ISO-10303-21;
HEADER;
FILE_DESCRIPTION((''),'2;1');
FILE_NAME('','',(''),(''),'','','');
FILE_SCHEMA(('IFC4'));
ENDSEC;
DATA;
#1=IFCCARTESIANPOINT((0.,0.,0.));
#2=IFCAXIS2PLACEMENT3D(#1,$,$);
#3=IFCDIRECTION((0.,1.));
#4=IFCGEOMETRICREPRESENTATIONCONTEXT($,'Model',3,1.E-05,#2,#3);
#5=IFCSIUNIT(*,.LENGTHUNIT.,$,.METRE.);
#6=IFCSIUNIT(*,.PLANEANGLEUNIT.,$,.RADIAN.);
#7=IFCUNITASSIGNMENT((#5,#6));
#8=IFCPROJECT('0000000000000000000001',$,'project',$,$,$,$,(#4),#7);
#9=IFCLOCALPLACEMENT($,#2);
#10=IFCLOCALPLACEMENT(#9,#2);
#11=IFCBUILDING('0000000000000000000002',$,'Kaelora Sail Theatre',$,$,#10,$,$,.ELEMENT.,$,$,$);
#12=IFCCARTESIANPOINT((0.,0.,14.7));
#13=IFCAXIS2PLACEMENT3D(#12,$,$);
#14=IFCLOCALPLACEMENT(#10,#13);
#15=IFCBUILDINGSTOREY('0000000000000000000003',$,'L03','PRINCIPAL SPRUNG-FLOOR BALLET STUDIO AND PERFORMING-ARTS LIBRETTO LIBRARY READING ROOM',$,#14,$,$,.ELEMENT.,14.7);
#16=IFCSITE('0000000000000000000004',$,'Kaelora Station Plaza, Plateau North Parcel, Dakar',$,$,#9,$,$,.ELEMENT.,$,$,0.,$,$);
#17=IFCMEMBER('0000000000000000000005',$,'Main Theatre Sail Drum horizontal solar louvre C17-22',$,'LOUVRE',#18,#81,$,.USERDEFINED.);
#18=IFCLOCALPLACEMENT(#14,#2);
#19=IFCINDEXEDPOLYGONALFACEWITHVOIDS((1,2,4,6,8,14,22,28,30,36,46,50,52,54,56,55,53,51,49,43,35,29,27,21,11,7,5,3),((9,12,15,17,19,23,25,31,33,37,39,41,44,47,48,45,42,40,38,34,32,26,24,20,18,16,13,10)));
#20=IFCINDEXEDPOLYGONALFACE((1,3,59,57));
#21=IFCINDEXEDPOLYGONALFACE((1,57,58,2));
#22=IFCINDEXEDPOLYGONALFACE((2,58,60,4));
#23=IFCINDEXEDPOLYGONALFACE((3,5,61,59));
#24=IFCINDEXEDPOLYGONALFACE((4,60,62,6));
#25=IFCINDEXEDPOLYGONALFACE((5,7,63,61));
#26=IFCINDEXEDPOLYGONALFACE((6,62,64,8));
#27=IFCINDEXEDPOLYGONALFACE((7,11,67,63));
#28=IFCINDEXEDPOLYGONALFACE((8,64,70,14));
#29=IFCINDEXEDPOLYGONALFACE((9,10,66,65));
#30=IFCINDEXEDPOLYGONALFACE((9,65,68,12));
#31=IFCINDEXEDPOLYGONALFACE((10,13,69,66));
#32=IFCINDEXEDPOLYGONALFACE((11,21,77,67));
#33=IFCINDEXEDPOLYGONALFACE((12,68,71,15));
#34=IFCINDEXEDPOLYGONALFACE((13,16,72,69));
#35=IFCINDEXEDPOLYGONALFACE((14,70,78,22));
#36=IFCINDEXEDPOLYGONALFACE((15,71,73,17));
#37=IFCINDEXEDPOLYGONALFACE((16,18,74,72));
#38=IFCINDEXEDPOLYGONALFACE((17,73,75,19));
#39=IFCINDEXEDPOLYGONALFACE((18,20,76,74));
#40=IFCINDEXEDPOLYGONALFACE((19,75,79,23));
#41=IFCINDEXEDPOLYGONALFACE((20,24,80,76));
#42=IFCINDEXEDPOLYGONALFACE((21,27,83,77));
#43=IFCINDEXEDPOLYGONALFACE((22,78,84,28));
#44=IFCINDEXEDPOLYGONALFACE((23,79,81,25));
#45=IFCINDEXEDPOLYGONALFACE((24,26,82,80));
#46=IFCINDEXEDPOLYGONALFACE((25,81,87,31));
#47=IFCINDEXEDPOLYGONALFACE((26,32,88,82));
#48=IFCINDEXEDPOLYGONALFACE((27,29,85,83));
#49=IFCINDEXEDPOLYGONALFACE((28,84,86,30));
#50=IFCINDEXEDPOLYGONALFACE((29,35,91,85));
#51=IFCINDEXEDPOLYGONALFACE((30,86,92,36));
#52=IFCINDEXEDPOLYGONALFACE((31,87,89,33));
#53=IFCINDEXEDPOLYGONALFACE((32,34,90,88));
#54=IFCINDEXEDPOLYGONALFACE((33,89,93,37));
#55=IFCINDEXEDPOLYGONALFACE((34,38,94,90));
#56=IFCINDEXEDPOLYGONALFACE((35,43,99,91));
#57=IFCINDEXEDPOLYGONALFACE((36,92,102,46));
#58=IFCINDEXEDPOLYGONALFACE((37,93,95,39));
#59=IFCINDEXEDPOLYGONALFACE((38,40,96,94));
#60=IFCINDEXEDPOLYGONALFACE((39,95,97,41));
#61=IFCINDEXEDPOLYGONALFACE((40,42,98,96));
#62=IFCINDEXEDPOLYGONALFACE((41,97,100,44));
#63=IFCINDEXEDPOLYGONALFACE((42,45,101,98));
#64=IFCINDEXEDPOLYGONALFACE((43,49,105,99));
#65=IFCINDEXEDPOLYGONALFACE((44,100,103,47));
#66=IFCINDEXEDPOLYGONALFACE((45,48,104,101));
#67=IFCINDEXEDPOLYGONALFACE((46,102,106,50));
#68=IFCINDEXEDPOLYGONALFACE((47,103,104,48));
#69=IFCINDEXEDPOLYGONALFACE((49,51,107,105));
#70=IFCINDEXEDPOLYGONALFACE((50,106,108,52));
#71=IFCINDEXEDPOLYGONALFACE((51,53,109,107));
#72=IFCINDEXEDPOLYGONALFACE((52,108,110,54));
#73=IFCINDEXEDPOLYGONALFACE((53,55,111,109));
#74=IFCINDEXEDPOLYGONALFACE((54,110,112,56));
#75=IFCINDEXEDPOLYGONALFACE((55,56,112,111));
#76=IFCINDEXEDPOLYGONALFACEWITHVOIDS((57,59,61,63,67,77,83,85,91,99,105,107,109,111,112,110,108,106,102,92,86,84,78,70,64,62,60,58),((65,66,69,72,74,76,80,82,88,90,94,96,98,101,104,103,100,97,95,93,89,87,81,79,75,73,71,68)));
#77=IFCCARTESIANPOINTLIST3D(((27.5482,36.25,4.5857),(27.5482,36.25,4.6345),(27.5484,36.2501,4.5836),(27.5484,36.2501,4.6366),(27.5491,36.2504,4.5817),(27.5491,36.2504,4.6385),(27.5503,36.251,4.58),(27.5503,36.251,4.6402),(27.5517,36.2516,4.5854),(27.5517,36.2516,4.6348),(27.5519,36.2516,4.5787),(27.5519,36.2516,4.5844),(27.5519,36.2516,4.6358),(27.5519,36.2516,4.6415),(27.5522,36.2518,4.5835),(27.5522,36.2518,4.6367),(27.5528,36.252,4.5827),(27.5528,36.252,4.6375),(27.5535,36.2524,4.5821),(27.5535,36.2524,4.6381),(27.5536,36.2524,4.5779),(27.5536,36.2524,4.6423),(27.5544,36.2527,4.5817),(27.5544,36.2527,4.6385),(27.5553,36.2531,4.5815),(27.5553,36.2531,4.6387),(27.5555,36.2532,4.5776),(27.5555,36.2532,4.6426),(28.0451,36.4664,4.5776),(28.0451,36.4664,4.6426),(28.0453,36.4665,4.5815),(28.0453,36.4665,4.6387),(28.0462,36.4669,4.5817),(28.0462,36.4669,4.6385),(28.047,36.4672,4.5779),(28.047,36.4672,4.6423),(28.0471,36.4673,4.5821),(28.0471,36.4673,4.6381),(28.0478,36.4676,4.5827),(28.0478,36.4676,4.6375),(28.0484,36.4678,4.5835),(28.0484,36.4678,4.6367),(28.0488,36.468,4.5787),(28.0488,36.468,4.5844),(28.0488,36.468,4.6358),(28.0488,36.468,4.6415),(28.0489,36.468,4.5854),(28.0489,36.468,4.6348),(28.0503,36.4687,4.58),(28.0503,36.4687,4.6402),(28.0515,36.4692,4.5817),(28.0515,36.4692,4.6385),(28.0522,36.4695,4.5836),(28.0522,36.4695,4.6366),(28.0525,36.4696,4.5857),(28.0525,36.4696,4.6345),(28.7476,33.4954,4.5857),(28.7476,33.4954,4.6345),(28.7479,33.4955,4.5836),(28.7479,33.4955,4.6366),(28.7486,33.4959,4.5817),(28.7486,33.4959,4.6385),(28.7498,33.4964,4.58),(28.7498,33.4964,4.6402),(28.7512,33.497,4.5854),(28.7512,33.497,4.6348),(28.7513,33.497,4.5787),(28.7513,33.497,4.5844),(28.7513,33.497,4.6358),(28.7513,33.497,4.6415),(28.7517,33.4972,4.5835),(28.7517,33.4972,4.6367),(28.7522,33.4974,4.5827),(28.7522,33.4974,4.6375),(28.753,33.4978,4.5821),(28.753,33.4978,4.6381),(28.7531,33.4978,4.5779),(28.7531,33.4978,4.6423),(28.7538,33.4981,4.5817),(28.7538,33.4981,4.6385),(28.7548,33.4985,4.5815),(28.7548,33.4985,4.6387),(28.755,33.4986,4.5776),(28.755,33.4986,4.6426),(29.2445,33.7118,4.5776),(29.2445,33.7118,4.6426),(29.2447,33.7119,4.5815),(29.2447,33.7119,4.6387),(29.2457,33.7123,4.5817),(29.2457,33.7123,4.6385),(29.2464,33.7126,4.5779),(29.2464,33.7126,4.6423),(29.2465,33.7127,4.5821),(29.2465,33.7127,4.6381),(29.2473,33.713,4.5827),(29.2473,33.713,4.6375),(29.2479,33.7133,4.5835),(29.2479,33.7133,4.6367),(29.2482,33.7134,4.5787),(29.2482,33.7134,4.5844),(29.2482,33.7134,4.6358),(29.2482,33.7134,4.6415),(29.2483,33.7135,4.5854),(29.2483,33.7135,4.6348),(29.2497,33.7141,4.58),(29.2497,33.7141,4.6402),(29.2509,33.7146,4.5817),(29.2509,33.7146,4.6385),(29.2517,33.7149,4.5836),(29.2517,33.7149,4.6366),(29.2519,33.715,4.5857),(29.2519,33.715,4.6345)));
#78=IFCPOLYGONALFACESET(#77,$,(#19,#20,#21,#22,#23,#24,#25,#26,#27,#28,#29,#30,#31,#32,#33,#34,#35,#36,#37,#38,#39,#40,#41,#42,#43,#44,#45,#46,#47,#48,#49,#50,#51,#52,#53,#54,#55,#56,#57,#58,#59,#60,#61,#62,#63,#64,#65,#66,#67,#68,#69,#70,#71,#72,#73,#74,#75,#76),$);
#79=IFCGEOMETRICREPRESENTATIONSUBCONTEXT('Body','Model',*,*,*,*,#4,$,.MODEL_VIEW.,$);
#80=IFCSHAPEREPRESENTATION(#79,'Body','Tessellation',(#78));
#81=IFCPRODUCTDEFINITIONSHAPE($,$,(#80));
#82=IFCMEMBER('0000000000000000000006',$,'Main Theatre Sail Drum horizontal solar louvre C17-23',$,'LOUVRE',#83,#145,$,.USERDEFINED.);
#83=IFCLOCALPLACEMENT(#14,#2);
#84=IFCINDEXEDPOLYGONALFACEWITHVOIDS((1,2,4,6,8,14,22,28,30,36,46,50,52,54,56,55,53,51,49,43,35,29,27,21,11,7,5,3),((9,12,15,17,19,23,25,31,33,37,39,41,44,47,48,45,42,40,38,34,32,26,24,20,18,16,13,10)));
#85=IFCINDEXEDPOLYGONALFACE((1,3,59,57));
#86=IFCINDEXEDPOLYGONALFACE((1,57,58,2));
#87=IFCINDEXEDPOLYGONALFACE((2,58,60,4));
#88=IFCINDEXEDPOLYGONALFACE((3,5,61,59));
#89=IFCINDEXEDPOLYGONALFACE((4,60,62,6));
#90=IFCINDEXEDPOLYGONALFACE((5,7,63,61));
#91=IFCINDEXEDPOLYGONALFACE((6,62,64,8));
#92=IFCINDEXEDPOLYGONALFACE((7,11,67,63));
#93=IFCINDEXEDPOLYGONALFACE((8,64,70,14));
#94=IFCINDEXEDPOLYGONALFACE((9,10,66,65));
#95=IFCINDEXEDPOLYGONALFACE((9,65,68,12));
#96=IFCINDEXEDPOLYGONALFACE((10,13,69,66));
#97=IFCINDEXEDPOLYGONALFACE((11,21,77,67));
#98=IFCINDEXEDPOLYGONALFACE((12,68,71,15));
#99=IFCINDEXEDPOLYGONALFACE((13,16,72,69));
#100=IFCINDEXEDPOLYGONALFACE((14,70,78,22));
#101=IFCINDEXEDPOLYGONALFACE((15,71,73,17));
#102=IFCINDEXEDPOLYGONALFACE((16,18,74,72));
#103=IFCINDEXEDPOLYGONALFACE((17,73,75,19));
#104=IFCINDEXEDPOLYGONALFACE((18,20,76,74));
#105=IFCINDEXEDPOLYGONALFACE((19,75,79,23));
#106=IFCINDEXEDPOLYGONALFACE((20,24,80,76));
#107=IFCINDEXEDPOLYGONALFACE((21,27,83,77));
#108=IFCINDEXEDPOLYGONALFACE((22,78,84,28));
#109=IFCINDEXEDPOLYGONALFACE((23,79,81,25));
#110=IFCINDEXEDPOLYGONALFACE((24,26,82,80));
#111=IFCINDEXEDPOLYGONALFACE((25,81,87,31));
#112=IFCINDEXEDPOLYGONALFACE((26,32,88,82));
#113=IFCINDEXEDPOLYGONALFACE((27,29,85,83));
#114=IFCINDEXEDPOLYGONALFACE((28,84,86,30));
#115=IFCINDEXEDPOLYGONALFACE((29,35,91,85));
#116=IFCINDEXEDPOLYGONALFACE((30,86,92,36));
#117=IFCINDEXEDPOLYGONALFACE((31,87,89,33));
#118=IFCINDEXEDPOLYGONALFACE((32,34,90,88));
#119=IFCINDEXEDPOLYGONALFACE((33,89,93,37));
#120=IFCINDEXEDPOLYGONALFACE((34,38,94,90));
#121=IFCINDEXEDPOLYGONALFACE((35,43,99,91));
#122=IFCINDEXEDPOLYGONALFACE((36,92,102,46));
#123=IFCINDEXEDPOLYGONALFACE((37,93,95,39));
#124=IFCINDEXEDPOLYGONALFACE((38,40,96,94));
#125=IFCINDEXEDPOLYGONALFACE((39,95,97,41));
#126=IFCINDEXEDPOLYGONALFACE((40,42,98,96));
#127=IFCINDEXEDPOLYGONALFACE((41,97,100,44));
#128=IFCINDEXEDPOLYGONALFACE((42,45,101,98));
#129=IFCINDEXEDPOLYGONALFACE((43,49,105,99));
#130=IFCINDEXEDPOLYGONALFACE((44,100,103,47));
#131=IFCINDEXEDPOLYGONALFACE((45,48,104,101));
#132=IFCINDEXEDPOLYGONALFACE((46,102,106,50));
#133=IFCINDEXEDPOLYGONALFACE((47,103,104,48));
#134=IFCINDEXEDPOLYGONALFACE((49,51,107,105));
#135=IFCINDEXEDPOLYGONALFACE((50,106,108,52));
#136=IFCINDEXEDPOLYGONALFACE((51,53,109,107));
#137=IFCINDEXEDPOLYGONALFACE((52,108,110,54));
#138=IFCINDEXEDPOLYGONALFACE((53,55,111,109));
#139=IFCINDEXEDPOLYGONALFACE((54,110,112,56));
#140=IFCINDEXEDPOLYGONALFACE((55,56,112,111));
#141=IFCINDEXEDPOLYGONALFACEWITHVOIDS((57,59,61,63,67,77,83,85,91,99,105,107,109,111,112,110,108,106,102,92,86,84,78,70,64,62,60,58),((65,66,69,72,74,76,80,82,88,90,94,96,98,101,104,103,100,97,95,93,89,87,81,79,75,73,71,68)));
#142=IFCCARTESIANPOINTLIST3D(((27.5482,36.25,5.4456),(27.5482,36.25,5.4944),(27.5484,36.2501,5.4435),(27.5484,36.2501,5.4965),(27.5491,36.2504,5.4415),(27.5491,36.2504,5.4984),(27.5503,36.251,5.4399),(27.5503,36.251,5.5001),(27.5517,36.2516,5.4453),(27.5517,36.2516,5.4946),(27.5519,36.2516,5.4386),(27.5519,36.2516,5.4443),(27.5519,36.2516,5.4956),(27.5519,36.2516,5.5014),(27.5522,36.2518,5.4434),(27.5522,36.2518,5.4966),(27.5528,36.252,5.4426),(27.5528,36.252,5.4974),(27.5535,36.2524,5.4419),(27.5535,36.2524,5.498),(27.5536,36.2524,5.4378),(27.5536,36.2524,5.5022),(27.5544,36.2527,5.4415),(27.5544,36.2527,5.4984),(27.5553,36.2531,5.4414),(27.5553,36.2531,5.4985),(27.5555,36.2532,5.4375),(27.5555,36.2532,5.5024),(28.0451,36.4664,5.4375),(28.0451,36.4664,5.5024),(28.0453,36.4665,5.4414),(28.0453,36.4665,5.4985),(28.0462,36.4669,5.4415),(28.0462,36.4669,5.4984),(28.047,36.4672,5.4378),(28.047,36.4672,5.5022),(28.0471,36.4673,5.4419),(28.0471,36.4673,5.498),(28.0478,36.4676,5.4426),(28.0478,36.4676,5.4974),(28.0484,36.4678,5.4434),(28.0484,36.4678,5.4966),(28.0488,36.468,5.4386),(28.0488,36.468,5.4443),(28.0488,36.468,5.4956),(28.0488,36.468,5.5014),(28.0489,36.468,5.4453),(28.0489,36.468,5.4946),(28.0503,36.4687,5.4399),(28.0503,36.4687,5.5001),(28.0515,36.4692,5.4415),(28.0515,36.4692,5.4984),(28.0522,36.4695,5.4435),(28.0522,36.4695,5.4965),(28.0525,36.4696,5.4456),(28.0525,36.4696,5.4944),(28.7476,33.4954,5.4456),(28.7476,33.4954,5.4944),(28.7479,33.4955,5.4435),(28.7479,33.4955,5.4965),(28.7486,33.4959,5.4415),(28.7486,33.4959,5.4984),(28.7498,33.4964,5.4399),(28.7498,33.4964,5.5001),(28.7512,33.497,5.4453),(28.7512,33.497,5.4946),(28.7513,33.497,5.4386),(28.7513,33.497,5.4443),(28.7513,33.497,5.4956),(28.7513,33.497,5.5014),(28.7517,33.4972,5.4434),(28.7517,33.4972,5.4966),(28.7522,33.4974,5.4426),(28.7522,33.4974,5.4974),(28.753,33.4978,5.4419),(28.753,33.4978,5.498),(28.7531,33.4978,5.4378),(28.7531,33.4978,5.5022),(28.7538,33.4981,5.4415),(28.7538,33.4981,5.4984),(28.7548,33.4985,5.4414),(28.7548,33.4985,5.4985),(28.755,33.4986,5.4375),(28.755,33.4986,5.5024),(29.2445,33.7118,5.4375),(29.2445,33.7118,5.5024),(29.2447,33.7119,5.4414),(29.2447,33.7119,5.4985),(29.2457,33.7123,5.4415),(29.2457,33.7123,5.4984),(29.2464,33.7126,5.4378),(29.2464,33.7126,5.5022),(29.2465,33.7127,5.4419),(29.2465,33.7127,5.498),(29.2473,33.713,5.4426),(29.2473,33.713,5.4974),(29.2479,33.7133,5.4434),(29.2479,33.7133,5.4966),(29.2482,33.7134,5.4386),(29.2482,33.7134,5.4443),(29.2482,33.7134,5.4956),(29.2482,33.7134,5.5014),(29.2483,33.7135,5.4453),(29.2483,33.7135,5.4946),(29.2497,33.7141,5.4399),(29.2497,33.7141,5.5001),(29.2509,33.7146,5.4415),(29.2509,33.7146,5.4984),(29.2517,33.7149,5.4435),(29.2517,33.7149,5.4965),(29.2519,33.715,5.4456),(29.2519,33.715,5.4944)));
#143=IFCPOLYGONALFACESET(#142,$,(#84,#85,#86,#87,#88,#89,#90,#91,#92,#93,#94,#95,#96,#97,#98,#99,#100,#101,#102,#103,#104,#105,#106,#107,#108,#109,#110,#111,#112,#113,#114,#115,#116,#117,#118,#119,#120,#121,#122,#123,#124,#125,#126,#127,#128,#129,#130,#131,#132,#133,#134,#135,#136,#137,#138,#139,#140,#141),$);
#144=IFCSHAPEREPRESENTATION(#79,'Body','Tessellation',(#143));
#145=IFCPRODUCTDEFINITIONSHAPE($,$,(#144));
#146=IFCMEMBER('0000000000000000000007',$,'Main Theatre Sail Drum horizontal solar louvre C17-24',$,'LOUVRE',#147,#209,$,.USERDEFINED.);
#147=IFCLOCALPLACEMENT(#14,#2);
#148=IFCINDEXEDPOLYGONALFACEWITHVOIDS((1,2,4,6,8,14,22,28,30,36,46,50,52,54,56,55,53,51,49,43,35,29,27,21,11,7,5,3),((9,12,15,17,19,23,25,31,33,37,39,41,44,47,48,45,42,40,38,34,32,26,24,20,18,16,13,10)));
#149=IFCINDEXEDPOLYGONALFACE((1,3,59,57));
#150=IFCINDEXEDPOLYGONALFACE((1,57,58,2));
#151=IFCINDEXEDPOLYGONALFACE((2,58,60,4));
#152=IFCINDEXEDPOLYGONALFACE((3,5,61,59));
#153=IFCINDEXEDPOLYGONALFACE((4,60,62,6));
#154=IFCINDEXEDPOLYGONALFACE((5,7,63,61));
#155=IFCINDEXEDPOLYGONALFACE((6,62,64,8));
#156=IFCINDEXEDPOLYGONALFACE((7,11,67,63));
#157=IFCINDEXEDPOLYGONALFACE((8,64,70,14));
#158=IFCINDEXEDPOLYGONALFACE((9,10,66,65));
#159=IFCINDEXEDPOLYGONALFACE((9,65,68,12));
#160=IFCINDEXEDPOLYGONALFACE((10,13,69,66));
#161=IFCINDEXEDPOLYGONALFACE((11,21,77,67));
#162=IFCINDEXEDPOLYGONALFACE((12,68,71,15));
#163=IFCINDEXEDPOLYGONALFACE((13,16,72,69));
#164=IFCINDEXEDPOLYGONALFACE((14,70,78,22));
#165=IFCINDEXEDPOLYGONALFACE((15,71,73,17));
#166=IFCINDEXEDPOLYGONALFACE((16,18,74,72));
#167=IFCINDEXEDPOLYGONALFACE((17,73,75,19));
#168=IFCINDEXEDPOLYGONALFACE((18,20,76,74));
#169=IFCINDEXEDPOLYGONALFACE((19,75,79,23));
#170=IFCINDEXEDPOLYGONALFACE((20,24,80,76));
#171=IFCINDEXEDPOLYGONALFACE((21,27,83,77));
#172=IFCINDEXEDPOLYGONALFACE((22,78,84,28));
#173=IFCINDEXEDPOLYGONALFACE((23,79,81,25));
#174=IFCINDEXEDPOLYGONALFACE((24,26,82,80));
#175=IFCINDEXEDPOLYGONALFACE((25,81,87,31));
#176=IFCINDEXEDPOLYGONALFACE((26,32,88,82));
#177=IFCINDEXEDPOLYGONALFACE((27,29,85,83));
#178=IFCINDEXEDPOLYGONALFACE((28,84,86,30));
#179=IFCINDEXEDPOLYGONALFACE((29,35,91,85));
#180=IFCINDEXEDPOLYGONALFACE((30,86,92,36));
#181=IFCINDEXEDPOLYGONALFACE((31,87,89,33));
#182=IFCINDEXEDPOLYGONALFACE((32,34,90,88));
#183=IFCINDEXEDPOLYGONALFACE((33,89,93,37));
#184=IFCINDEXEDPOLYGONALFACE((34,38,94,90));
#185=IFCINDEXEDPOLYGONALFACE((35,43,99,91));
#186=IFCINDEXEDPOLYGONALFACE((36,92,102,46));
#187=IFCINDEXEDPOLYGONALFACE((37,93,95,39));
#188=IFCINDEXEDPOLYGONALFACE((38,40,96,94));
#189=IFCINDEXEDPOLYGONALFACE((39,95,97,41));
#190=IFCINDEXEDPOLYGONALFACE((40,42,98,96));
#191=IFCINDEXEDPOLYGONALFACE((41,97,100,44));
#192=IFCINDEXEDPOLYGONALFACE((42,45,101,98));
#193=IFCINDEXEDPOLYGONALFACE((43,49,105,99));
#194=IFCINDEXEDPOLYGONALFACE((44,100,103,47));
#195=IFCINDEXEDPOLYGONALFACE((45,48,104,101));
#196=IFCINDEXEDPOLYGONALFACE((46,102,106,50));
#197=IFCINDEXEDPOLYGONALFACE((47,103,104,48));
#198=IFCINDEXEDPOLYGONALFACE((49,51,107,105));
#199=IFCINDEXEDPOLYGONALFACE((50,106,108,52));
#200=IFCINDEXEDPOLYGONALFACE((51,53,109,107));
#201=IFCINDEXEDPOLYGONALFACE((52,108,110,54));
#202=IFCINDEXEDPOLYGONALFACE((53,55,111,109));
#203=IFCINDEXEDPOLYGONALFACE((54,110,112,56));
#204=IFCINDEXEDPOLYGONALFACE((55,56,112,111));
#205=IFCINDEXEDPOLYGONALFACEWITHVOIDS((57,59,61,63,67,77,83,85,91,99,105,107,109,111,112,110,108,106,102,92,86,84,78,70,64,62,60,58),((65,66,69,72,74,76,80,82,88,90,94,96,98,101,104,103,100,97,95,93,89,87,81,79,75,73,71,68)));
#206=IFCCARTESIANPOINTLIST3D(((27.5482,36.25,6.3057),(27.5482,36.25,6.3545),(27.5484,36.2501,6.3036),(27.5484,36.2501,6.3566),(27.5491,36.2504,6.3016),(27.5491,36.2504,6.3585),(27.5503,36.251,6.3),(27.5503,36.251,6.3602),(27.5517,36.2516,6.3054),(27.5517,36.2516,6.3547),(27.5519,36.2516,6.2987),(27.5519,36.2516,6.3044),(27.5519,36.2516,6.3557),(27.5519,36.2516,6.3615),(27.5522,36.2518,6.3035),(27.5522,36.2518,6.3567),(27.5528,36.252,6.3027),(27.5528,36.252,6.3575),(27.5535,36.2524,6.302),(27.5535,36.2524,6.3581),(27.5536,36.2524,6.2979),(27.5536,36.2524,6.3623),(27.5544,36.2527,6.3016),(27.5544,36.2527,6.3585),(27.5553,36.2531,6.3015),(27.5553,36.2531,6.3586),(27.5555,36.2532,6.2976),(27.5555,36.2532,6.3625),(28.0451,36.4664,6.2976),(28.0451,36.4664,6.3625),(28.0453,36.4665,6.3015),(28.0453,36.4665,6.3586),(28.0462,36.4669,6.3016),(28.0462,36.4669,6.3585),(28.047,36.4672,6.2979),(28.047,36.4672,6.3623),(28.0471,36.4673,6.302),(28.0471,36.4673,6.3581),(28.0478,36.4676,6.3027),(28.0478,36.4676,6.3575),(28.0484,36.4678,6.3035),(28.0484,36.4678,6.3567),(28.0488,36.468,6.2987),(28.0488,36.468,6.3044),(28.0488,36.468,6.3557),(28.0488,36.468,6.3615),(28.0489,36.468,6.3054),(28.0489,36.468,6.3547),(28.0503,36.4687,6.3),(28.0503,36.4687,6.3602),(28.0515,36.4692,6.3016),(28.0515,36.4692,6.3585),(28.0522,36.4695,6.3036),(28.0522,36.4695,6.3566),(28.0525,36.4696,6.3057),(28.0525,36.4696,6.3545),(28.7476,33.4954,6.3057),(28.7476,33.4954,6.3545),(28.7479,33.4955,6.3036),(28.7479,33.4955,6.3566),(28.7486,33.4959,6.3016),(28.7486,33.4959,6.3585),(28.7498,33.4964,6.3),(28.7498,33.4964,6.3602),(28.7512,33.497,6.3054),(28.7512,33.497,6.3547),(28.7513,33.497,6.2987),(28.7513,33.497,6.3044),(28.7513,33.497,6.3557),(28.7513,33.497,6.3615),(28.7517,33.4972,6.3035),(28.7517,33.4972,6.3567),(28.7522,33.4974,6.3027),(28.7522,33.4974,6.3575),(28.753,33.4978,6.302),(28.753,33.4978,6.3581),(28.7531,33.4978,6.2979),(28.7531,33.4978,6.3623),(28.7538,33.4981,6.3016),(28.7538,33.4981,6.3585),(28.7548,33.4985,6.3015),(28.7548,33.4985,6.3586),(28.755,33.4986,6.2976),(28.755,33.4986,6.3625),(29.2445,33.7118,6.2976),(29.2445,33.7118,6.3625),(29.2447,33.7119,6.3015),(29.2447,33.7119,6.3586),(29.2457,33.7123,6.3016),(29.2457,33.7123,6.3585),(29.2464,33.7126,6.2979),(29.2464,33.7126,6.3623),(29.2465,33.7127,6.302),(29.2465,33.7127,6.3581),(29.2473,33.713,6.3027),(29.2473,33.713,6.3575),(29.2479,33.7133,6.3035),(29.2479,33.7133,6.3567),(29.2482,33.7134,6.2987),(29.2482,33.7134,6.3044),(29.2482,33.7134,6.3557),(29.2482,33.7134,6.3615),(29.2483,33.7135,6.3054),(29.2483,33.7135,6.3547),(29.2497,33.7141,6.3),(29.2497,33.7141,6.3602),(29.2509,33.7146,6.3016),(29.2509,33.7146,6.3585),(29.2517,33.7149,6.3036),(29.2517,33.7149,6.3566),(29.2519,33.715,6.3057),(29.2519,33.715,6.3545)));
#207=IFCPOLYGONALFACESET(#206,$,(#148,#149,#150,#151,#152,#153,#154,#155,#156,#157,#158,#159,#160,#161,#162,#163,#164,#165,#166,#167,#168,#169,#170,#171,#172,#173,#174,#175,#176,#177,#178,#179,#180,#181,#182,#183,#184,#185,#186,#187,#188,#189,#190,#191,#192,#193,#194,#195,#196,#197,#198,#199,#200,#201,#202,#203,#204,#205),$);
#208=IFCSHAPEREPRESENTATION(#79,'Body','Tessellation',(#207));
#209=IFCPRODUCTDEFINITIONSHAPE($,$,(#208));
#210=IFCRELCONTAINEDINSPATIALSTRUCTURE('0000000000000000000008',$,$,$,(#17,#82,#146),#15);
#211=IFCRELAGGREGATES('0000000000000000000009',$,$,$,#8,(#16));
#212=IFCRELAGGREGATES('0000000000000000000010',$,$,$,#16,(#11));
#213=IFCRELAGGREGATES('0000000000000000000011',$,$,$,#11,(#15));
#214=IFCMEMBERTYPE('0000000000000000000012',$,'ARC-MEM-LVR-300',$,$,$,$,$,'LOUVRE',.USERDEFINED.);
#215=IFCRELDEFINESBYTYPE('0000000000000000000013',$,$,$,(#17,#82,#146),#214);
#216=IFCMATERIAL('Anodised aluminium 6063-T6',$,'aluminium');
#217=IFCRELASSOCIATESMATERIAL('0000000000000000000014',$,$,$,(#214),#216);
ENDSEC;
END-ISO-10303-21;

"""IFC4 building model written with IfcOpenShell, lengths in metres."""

from ifc_helpers import new_model, si_unit, direction, frame, origin, origin_2d, place, context, subcontext, project, spatial, hollow_rectangle, extrude, material, material_profile, profile_set, type_object, element, save


model = new_model("IFC4")

# Units and contexts
model_context = context("Model", 3, precision=1e-05, world=origin(), true_north=direction((0.0, 1.0)))
body_context = subcontext(model_context, "Body", "Model", "MODEL_VIEW")
ifc_project = project(units=[si_unit("LENGTHUNIT", "METRE"), si_unit("PLANEANGLEUNIT", "RADIAN")], contexts=[model_context])

# Site, building, storey
site_placement = place(None, origin())
site = spatial("IfcSite", under=ifc_project, at=site_placement, Name="Kaelora Station Plaza, Plateau North Parcel, Dakar", CompositionType="ELEMENT", RefElevation=0.0)
building_placement = place(site_placement, origin())
building = spatial("IfcBuilding", under=site, at=building_placement, Name="Kaelora Sail Theatre", CompositionType="ELEMENT")
storey_placement = place(building_placement, frame((0.0, 0.0, 14.7)))
storey = spatial("IfcBuildingStorey", under=building, at=storey_placement, Name="L03", Description="PRINCIPAL SPRUNG-FLOOR BALLET STUDIO AND PERFORMING-ARTS LIBRETTO LIBRARY READING ROOM", CompositionType="ELEMENT", Elevation=14.7)

# Members
ifc_material_1 = material(Name="Anodised aluminium 6063-T6", Category="aluminium")
ifc_material_profile_1 = material_profile(ifc_material_1, hollow_rectangle(XDim=0.55, YDim=0.0649, WallThickness=0.0039, InnerFilletRadius=0.0039, OuterFilletRadius=0.0081, at=origin_2d()), Name="LOUVRE 550x65x4")
ifc_profile_set_1 = profile_set([ifc_material_profile_1], Name="Anodised aluminium 6063-T6")
member_type = type_object("IfcMemberType", Name="ARC-MEM-LVR-300", ElementType="LOUVRE", PredefinedType="USERDEFINED", material=ifc_profile_set_1)
for number, where, z_axis, x_axis, name in (
    (1, (28.9998, 33.6052, 4.6101), (-0.399228, 0.916852, 0.0), (-0.916852, -0.399228, 0.0), "Main Theatre Sail Drum horizontal solar louvre C17-22"),
    (2, (28.9998, 33.6052, 5.47), (-0.399228, 0.916852, 0.0), (-0.916852, -0.399228, 0.0), "Main Theatre Sail Drum horizontal solar louvre C17-23"),
    (3, (28.9998, 33.6052, 6.3301), (-0.399228, 0.916852, 0.0), (-0.916852, -0.399228, 0.0), "Main Theatre Sail Drum horizontal solar louvre C17-24"),
):
    element("IfcMember", number, at=place(storey_placement, frame(where, z_axis=z_axis, x_axis=x_axis)), inside=storey, type_object=member_type, Name=name, ObjectType="LOUVRE", PredefinedType="USERDEFINED", context=body_context, shape_type="SweptSolid", body=[
        extrude(hollow_rectangle(XDim=0.55, YDim=0.0649, WallThickness=0.0039, InnerFilletRadius=0.0039, OuterFilletRadius=0.0081, at=origin_2d()), origin(), (0.0, 0.0, 1.0), 3.0044),
    ])

save(model, "model.ifc")
